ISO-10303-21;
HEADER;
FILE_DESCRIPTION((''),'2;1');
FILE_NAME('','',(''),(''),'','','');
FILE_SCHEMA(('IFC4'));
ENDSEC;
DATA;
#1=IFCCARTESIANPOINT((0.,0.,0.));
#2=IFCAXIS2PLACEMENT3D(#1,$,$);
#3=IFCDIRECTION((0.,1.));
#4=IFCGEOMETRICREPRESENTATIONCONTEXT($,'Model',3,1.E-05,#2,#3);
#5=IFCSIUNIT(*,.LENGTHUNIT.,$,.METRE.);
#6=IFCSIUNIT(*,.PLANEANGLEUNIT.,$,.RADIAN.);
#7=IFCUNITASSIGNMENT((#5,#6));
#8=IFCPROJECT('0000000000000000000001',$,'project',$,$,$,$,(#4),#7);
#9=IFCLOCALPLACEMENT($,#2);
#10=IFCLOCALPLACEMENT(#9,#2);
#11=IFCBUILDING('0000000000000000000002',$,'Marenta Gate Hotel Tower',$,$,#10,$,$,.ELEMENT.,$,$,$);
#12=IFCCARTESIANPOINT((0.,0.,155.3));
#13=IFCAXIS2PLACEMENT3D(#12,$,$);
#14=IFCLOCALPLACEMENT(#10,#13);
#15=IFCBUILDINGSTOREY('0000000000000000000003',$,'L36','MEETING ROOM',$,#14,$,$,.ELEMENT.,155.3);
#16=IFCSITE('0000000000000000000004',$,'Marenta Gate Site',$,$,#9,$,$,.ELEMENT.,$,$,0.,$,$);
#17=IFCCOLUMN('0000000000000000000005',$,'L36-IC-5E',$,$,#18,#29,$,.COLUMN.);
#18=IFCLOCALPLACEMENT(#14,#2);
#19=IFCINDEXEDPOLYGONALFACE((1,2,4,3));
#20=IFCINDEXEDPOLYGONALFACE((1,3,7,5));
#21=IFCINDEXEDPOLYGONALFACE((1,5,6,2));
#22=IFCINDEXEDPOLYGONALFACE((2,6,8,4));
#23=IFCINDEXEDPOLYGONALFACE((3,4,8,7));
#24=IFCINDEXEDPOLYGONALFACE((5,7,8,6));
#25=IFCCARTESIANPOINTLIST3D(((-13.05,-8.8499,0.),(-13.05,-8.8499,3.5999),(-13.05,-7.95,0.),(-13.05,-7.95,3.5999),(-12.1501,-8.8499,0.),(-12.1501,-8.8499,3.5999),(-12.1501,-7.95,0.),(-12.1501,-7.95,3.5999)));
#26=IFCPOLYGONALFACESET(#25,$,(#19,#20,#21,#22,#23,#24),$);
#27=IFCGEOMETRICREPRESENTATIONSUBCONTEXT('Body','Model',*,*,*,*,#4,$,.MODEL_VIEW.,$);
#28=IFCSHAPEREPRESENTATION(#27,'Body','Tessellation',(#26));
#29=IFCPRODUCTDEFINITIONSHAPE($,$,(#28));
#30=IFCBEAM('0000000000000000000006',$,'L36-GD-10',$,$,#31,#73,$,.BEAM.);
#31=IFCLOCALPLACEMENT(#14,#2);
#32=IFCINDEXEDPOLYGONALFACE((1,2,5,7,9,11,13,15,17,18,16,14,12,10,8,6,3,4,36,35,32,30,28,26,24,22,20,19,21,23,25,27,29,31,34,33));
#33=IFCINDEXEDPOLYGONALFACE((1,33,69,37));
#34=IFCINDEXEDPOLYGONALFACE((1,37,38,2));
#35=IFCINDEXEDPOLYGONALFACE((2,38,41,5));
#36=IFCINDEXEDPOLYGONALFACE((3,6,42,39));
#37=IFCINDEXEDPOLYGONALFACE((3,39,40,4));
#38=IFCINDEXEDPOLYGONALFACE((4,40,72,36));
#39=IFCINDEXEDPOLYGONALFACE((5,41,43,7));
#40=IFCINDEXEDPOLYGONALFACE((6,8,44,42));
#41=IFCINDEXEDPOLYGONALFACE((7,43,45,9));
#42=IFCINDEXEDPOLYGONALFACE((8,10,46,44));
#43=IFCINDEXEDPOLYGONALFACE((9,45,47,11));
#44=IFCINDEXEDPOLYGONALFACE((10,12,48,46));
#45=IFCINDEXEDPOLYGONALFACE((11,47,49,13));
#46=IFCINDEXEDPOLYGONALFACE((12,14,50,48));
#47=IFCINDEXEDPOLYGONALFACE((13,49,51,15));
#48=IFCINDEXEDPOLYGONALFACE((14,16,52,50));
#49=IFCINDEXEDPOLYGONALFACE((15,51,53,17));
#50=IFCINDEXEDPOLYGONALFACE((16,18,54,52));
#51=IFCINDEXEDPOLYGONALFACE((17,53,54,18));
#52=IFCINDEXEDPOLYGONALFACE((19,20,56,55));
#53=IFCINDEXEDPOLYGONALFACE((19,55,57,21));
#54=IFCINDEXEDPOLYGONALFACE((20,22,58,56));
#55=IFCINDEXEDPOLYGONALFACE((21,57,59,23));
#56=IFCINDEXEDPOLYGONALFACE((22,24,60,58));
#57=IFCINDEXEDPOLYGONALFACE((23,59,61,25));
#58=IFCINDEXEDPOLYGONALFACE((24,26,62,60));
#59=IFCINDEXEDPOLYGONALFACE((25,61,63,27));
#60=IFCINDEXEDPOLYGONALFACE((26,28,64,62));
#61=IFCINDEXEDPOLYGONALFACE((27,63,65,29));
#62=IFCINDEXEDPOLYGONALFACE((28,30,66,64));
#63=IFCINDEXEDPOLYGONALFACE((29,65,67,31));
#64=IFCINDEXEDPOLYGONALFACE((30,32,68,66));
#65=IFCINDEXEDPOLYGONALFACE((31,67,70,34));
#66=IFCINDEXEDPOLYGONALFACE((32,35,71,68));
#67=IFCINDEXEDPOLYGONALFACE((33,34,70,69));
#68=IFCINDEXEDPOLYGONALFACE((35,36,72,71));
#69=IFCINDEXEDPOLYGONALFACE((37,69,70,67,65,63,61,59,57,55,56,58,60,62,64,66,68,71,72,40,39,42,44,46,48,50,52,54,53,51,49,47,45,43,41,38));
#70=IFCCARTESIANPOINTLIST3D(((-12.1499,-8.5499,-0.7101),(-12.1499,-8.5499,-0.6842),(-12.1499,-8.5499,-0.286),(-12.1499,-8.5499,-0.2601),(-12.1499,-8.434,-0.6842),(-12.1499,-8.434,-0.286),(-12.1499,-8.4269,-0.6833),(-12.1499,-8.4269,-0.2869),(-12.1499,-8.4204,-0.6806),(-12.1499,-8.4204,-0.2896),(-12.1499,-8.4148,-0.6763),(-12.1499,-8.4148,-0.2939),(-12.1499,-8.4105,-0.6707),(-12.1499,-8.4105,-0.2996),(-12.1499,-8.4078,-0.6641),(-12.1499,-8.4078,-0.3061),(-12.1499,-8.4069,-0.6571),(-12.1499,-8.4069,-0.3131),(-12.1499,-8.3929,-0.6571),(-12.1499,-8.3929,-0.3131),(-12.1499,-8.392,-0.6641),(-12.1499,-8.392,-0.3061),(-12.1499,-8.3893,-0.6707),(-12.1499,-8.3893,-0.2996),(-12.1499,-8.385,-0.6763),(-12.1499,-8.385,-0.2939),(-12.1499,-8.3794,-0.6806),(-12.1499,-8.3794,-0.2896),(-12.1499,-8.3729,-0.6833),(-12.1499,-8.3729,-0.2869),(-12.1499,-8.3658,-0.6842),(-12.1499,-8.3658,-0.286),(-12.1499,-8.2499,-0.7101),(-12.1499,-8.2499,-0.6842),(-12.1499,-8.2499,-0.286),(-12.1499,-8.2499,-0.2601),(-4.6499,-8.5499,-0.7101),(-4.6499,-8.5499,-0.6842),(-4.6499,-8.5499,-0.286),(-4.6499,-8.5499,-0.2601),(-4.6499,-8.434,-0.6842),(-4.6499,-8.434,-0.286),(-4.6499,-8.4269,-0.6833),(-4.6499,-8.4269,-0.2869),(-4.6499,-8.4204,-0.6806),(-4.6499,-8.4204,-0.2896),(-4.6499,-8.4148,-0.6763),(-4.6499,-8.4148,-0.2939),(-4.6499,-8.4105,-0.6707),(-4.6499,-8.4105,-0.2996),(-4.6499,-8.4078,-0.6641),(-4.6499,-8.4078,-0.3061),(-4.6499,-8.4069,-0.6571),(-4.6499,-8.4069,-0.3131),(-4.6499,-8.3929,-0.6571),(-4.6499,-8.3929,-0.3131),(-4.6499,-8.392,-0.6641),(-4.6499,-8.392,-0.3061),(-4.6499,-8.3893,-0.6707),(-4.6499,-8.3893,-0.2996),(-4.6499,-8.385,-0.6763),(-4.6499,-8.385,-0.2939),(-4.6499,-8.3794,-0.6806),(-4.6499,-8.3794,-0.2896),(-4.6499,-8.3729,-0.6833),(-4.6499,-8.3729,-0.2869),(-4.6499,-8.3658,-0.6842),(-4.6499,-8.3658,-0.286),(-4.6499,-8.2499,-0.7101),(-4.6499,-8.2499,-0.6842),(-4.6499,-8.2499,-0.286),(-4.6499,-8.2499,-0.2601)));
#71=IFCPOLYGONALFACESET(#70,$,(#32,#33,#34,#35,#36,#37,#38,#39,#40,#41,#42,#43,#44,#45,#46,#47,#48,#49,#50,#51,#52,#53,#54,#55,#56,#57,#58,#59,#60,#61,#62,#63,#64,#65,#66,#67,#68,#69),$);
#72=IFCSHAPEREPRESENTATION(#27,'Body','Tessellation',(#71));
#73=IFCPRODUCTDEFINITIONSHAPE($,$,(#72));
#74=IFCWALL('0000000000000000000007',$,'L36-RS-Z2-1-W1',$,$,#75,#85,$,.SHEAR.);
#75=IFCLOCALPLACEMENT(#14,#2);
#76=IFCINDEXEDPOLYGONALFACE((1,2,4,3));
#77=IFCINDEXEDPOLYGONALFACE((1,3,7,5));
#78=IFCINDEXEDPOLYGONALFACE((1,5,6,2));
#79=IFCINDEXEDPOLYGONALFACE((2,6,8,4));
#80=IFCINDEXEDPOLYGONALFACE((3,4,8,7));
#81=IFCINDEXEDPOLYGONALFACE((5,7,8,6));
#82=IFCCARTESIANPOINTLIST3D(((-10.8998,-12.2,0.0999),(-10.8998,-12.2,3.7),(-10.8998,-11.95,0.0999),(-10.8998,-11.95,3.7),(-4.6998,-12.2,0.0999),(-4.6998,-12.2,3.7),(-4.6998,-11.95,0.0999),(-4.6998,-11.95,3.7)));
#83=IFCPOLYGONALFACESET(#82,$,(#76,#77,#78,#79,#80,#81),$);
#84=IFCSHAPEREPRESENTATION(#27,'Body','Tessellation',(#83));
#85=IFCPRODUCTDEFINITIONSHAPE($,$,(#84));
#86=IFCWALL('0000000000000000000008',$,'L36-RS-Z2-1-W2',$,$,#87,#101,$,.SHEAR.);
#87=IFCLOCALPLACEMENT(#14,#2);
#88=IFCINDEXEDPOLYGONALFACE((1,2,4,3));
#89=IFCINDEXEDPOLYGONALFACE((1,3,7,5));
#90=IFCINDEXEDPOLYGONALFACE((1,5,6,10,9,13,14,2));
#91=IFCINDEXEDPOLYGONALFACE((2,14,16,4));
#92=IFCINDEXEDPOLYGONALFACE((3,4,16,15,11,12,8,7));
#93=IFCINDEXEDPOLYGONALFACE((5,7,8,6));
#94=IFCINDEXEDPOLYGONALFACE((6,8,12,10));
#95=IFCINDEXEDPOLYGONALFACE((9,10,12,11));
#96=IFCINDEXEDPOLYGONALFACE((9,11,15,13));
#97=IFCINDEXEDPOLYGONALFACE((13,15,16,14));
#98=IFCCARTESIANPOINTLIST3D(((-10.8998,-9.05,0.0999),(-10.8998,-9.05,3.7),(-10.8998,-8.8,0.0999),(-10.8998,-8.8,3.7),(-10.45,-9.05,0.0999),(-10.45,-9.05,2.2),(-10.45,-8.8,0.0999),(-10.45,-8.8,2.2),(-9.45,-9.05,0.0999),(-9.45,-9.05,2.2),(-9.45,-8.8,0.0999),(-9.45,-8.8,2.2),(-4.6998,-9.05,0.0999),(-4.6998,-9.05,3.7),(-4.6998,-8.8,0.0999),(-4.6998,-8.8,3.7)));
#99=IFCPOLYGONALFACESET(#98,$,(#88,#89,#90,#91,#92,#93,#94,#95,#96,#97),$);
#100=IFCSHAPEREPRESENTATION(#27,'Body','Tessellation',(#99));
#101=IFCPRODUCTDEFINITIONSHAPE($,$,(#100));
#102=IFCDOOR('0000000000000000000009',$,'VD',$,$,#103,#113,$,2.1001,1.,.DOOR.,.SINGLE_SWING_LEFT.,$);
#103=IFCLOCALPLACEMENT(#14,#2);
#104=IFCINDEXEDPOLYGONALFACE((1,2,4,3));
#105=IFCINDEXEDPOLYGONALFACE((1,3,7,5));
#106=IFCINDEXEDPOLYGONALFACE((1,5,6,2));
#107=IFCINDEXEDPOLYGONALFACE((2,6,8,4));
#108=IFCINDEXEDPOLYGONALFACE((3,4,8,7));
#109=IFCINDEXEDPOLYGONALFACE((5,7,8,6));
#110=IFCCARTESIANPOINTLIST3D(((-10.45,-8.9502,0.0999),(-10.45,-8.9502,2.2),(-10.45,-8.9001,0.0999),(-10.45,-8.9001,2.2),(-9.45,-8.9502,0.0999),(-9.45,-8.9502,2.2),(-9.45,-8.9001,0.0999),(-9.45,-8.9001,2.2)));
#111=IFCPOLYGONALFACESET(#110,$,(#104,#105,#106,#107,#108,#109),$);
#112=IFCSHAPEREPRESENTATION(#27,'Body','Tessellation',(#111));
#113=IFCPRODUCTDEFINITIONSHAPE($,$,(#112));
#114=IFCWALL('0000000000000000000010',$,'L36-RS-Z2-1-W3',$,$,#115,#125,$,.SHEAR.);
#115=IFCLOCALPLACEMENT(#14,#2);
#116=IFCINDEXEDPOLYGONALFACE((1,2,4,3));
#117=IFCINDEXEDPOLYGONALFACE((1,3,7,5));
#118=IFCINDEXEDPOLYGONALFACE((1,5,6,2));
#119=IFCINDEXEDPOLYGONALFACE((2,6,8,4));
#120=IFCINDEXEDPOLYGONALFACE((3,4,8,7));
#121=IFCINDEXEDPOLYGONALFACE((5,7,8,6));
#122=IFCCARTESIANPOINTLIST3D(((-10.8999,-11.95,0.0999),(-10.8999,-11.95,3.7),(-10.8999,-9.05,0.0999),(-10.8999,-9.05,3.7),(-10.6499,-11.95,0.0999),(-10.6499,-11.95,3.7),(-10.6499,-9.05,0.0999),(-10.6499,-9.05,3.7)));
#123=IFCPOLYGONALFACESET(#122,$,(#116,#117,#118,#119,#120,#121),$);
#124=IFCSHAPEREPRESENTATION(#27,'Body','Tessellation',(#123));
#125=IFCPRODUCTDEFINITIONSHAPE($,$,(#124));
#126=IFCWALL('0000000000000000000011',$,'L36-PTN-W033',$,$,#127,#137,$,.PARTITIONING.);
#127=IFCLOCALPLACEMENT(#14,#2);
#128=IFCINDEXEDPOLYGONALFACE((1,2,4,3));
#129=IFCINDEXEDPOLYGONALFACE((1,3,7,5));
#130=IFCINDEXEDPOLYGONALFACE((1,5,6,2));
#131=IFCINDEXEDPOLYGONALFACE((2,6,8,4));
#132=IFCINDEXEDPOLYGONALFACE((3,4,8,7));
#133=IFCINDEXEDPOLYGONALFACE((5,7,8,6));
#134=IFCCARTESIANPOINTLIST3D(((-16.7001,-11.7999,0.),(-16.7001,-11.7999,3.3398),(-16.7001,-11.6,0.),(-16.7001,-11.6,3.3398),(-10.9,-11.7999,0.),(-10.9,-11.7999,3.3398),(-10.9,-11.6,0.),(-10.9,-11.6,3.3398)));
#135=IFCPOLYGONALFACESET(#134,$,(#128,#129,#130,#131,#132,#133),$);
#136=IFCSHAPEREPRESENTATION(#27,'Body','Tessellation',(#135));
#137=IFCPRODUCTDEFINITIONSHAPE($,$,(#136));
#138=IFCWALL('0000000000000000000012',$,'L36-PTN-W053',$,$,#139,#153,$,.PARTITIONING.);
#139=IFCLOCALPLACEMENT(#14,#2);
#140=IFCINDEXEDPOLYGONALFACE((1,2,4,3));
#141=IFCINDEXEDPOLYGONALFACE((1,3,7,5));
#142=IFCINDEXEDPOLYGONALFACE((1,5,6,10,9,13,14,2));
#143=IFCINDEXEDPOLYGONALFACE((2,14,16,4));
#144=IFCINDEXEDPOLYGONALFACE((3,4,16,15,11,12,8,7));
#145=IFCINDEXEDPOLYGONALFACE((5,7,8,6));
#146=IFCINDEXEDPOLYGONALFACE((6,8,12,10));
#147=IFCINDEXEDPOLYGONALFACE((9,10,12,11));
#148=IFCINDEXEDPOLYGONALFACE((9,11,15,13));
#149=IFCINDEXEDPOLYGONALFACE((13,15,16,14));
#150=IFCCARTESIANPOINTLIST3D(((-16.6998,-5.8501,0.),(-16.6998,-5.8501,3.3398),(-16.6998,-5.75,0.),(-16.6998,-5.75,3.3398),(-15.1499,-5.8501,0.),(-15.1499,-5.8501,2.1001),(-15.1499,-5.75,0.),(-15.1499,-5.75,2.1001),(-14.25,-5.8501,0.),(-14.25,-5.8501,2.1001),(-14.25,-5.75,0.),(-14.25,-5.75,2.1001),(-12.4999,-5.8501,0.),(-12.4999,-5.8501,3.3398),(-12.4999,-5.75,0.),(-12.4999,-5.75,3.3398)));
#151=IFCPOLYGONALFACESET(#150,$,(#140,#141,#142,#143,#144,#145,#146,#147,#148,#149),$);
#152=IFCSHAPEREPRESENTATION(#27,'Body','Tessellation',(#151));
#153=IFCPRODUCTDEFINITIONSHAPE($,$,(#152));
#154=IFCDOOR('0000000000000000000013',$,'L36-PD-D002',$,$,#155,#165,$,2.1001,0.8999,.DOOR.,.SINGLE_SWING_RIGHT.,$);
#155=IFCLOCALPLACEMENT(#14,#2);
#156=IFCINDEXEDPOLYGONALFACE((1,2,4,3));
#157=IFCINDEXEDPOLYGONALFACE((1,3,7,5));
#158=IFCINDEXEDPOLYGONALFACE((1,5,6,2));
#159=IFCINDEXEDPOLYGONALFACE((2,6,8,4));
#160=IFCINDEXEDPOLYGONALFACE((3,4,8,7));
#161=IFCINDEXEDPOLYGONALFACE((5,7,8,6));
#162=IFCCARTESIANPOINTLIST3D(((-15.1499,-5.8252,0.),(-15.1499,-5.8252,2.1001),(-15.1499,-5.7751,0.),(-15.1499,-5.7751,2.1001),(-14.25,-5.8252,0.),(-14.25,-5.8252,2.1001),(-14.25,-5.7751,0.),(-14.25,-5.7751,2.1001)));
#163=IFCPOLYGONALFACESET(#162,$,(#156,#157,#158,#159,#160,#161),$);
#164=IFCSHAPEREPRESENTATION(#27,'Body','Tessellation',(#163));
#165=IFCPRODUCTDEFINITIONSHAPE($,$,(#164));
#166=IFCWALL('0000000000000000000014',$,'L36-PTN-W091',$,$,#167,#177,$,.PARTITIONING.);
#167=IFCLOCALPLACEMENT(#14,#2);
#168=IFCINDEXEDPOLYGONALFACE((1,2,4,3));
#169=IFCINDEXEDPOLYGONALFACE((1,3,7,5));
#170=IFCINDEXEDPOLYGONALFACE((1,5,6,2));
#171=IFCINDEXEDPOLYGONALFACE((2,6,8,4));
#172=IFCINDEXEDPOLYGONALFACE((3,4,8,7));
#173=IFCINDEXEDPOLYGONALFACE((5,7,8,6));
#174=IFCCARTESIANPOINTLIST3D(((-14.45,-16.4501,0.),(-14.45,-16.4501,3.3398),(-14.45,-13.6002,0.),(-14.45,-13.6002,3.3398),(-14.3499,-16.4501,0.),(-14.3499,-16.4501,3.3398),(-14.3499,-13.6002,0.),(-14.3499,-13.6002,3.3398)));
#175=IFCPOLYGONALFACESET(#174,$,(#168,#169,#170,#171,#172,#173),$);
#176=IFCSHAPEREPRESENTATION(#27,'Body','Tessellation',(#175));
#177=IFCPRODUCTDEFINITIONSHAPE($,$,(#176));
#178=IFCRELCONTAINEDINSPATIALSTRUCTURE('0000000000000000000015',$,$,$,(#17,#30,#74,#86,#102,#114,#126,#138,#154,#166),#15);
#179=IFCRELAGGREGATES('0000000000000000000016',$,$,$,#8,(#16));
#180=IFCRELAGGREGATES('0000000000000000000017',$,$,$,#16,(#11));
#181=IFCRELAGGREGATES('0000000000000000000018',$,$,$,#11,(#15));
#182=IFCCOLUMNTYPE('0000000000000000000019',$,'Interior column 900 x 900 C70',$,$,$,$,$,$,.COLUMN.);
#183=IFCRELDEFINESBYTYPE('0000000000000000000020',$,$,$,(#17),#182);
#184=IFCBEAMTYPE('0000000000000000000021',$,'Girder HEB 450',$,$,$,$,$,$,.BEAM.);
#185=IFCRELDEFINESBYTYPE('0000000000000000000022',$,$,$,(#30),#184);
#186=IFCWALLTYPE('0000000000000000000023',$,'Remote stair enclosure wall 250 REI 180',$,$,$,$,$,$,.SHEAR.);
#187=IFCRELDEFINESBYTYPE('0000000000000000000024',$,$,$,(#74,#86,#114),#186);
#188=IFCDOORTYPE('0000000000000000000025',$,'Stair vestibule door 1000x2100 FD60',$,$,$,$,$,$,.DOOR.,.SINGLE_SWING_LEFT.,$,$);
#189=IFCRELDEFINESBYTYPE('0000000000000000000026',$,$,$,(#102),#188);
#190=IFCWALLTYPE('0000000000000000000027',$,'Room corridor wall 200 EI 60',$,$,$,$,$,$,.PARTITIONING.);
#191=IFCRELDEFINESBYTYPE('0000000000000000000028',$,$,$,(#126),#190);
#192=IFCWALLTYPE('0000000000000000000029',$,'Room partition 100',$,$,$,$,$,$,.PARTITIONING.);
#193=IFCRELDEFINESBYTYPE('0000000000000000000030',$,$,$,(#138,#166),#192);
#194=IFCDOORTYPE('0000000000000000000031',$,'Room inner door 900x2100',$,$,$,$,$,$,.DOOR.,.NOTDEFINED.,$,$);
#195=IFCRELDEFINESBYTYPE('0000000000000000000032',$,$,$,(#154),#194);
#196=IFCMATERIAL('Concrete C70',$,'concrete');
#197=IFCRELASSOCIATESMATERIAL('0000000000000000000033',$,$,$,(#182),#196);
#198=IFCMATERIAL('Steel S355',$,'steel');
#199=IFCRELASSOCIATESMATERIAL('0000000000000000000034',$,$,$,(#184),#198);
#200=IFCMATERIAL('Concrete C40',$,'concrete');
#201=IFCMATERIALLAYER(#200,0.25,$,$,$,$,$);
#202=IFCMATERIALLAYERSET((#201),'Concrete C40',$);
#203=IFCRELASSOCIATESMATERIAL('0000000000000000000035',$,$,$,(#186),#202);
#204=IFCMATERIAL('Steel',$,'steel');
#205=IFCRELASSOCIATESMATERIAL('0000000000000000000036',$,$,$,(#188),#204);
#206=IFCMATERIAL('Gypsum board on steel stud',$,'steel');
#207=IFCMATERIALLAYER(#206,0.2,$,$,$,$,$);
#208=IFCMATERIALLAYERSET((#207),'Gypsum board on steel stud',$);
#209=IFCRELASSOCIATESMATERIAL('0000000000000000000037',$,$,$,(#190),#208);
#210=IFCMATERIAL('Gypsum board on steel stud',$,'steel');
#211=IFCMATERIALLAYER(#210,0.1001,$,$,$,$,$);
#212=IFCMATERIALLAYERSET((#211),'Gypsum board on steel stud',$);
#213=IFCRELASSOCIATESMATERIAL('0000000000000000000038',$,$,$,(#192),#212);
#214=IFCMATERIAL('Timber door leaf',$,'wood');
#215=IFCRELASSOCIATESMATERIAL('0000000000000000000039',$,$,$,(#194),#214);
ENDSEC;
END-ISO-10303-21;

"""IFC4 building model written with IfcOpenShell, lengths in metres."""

from ifc_helpers import new_model, si_unit, direction, frame, frame_2d, origin, origin_2d, place, context, subcontext, project, spatial, rectangle, i_section, extrude, material, layer, layer_set, material_profile, profile_set, type_object, element, fill, save


model = new_model("IFC4")

# Units and contexts
model_context = context("Model", 3, precision=1e-05, world=origin(), true_north=direction((0.0, 1.0)))
body_context = subcontext(model_context, "Body", "Model", "MODEL_VIEW")
ifc_project = project(units=[si_unit("LENGTHUNIT", "METRE"), si_unit("PLANEANGLEUNIT", "RADIAN")], contexts=[model_context])

# Site, building, storey
site_placement = place(None, origin())
site = spatial("IfcSite", under=ifc_project, at=site_placement, Name="Marenta Gate Site", CompositionType="ELEMENT", RefElevation=0.0)
building_placement = place(site_placement, origin())
building = spatial("IfcBuilding", under=site, at=building_placement, Name="Marenta Gate Hotel Tower", CompositionType="ELEMENT")
storey_placement = place(building_placement, frame((0.0, 0.0, 155.3)))
storey = spatial("IfcBuildingStorey", under=building, at=storey_placement, Name="L36", Description="MEETING ROOM", CompositionType="ELEMENT", Elevation=155.3)

# Column
ifc_material_1 = material(Name="Concrete C70", Category="concrete")
ifc_material_profile_1 = material_profile(ifc_material_1, rectangle(XDim=0.8999, YDim=0.8999, at=origin_2d()), Name="900 x 900")
ifc_profile_set_1 = profile_set([ifc_material_profile_1], Name="Concrete C70")
column_type = type_object("IfcColumnType", Name="Interior column 900 x 900 C70", PredefinedType="COLUMN", material=ifc_profile_set_1)
column_placement = place(storey_placement, frame((-12.6001, -8.3999, 0.0), z_axis=(0.0, 0.0, 1.0), x_axis=(1.0, 0.0, 0.0)))
element("IfcColumn", 1, at=column_placement, inside=storey, type_object=column_type, Name="L36-IC-5E", PredefinedType="COLUMN", context=body_context, shape_type="SweptSolid", body=[
    extrude(rectangle(XDim=0.8999, YDim=0.8999, at=origin_2d()), origin(), (0.0, 0.0, 1.0), 3.5999),
])

# Beam
ifc_material_2 = material(Name="Steel S355", Category="steel")
ifc_material_profile_2 = material_profile(ifc_material_2, i_section(OverallWidth=0.3, OverallDepth=0.45, WebThickness=0.0139, FlangeThickness=0.0259, FilletRadius=0.0271, at=origin_2d()), Name="HEB 450")
ifc_profile_set_2 = profile_set([ifc_material_profile_2], Name="Steel S355")
beam_type = type_object("IfcBeamType", Name="Girder HEB 450", PredefinedType="BEAM", material=ifc_profile_set_2)
beam_placement = place(storey_placement, frame((-12.1499, -8.3999, -0.4851), z_axis=(1.0, 0.0, 0.0), x_axis=(0.0, 1.0, 0.0)))
element("IfcBeam", 2, at=beam_placement, inside=storey, type_object=beam_type, Name="L36-GD-10", PredefinedType="BEAM", context=body_context, shape_type="SweptSolid", body=[
    extrude(i_section(OverallWidth=0.3, OverallDepth=0.45, WebThickness=0.0139, FlangeThickness=0.0259, FilletRadius=0.0271, at=origin_2d()), origin(), (0.0, 0.0, 1.0), 7.5),
])

# Wall
ifc_material_3 = material(Name="Concrete C40", Category="concrete")
ifc_layer_1 = layer(ifc_material_3, 0.25)
ifc_layer_set_1 = layer_set([ifc_layer_1], Name="Concrete C40")
wall_type_1 = type_object("IfcWallType", Name="Remote stair enclosure wall 250 REI 180", PredefinedType="SHEAR", material=ifc_layer_set_1)
wall_1_placement = place(storey_placement, frame((-10.8999, -12.075, 0.0999), z_axis=(0.0, 0.0, 1.0), x_axis=(1.0, 0.0, 0.0)))
element("IfcWall", 3, at=wall_1_placement, inside=storey, type_object=wall_type_1, Name="L36-RS-Z2-1-W1", PredefinedType="SHEAR", context=body_context, shape_type="SweptSolid", body=[
    extrude(rectangle(XDim=6.2, YDim=0.25, at=frame_2d((3.1001, 0.0))), origin(), (0.0, 0.0, 1.0), 3.6001),
])

# Wall, opening, door
wall_2_placement = place(storey_placement, frame((-10.8999, -8.925, 0.0999), z_axis=(0.0, 0.0, 1.0), x_axis=(1.0, 0.0, 0.0)))
wall_2 = element("IfcWall", 4, at=wall_2_placement, inside=storey, type_object=wall_type_1, Name="L36-RS-Z2-1-W2", PredefinedType="SHEAR", context=body_context, shape_type="SweptSolid", body=[
    extrude(rectangle(XDim=6.2, YDim=0.25, at=frame_2d((3.1001, 0.0))), origin(), (0.0, 0.0, 1.0), 3.6001),
])
opening_1_placement = place(wall_2_placement, frame((0.45, 0.0, 0.0)))
opening_1 = element("IfcOpeningElement", 5, at=opening_1_placement, cuts=wall_2, PredefinedType="OPENING", context=body_context, shape_type="SweptSolid", body=[
    extrude(rectangle(XDim=1.0, YDim=2.1001, at=frame_2d((0.5, 1.05))), frame((0.0, 0.125, 0.0), z_axis=(0.0, -1.0, 0.0), x_axis=(1.0, 0.0, 0.0)), (0.0, 0.0, 1.0), 0.25),
])
ifc_material_4 = material(Name="Steel", Category="steel")
door_type_1 = type_object("IfcDoorType", Name="Stair vestibule door 1000x2100 FD60", OperationType="SINGLE_SWING_LEFT", PredefinedType="DOOR", material=ifc_material_4)
door_1_placement = place(opening_1_placement, origin())
door_1 = element("IfcDoor", 6, at=door_1_placement, inside=storey, type_object=door_type_1, Name="VD", OperationType="SINGLE_SWING_LEFT", OverallHeight=2.1001, OverallWidth=1.0, PredefinedType="DOOR", context=body_context, shape_type="SweptSolid", body=[
    extrude(rectangle(XDim=1.0, YDim=2.1001, at=frame_2d((0.5, 1.05))), frame((0.0, 0.0249, 0.0), z_axis=(0.0, -1.0, 0.0), x_axis=(1.0, 0.0, 0.0)), (0.0, 0.0, 1.0), 0.05),
])
fill(opening_1, door_1)

# Wall
wall_3_placement = place(storey_placement, frame((-10.7749, -11.95, 0.0999), z_axis=(0.0, 0.0, 1.0), x_axis=(0.0, 1.0, 0.0)))
element("IfcWall", 7, at=wall_3_placement, inside=storey, type_object=wall_type_1, Name="L36-RS-Z2-1-W3", PredefinedType="SHEAR", context=body_context, shape_type="SweptSolid", body=[
    extrude(rectangle(XDim=2.8999, YDim=0.25, at=frame_2d((1.45, 0.0))), origin(), (0.0, 0.0, 1.0), 3.6001),
])

# Shared definitions
ifc_material_5 = material(Name="Gypsum board on steel stud", Category="steel")
ifc_layer_2 = layer(ifc_material_5, 0.2)
ifc_layer_set_2 = layer_set([ifc_layer_2], Name="Gypsum board on steel stud")
wall_type_2 = type_object("IfcWallType", Name="Room corridor wall 200 EI 60", PredefinedType="PARTITIONING", material=ifc_layer_set_2)

# Wall
wall_4_placement = place(storey_placement, frame((-16.7, -11.7, 0.0), z_axis=(0.0, 0.0, 1.0), x_axis=(1.0, 0.0, 0.0)))
element("IfcWall", 8, at=wall_4_placement, inside=storey, type_object=wall_type_2, Name="L36-PTN-W033", PredefinedType="PARTITIONING", context=body_context, shape_type="SweptSolid", body=[
    extrude(rectangle(XDim=5.8, YDim=0.2, at=frame_2d((2.8999, 0.0))), origin(), (0.0, 0.0, 1.0), 3.3398),
])

# Wall, opening, door
ifc_material_6 = material(Name="Gypsum board on steel stud", Category="steel")
ifc_layer_3 = layer(ifc_material_6, 0.1001)
ifc_layer_set_3 = layer_set([ifc_layer_3], Name="Gypsum board on steel stud")
wall_type_3 = type_object("IfcWallType", Name="Room partition 100", PredefinedType="PARTITIONING", material=ifc_layer_set_3)
wall_5_placement = place(storey_placement, frame((-16.7, -5.8, 0.0), z_axis=(0.0, 0.0, 1.0), x_axis=(1.0, 0.0, 0.0)))
wall_5 = element("IfcWall", 9, at=wall_5_placement, inside=storey, type_object=wall_type_3, Name="L36-PTN-W053", PredefinedType="PARTITIONING", context=body_context, shape_type="SweptSolid", body=[
    extrude(rectangle(XDim=4.2, YDim=0.1001, at=frame_2d((2.1001, 0.0))), origin(), (0.0, 0.0, 1.0), 3.3398),
])
opening_2_placement = place(wall_5_placement, frame((1.55, 0.0, 0.0)))
opening_2 = element("IfcOpeningElement", 10, at=opening_2_placement, cuts=wall_5, PredefinedType="OPENING", context=body_context, shape_type="SweptSolid", body=[
    extrude(rectangle(XDim=0.8999, YDim=2.1001, at=frame_2d((0.45, 1.05))), frame((0.0, 0.05, 0.0), z_axis=(0.0, -1.0, 0.0), x_axis=(1.0, 0.0, 0.0)), (0.0, 0.0, 1.0), 0.1001),
])
ifc_material_7 = material(Name="Timber door leaf", Category="wood")
door_type_2 = type_object("IfcDoorType", Name="Room inner door 900x2100", OperationType="NOTDEFINED", PredefinedType="DOOR", material=ifc_material_7)
door_2_placement = place(opening_2_placement, origin())
door_2 = element("IfcDoor", 11, at=door_2_placement, inside=storey, type_object=door_type_2, Name="L36-PD-D002", OperationType="SINGLE_SWING_RIGHT", OverallHeight=2.1001, OverallWidth=0.8999, PredefinedType="DOOR", context=body_context, shape_type="SweptSolid", body=[
    extrude(rectangle(XDim=0.8999, YDim=2.1001, at=frame_2d((0.45, 1.05))), frame((0.0, 0.0249, 0.0), z_axis=(0.0, -1.0, 0.0), x_axis=(1.0, 0.0, 0.0)), (0.0, 0.0, 1.0), 0.05),
])
fill(opening_2, door_2)

# Wall
wall_6_placement = place(storey_placement, frame((-14.3999, -16.45, 0.0), z_axis=(0.0, 0.0, 1.0), x_axis=(0.0, 1.0, 0.0)))
element("IfcWall", 12, at=wall_6_placement, inside=storey, type_object=wall_type_3, Name="L36-PTN-W091", PredefinedType="PARTITIONING", context=body_context, shape_type="SweptSolid", body=[
    extrude(rectangle(XDim=2.8499, YDim=0.1001, at=frame_2d((1.4248, 0.0))), origin(), (0.0, 0.0, 1.0), 3.3398),
])

save(model, "model.ifc")
